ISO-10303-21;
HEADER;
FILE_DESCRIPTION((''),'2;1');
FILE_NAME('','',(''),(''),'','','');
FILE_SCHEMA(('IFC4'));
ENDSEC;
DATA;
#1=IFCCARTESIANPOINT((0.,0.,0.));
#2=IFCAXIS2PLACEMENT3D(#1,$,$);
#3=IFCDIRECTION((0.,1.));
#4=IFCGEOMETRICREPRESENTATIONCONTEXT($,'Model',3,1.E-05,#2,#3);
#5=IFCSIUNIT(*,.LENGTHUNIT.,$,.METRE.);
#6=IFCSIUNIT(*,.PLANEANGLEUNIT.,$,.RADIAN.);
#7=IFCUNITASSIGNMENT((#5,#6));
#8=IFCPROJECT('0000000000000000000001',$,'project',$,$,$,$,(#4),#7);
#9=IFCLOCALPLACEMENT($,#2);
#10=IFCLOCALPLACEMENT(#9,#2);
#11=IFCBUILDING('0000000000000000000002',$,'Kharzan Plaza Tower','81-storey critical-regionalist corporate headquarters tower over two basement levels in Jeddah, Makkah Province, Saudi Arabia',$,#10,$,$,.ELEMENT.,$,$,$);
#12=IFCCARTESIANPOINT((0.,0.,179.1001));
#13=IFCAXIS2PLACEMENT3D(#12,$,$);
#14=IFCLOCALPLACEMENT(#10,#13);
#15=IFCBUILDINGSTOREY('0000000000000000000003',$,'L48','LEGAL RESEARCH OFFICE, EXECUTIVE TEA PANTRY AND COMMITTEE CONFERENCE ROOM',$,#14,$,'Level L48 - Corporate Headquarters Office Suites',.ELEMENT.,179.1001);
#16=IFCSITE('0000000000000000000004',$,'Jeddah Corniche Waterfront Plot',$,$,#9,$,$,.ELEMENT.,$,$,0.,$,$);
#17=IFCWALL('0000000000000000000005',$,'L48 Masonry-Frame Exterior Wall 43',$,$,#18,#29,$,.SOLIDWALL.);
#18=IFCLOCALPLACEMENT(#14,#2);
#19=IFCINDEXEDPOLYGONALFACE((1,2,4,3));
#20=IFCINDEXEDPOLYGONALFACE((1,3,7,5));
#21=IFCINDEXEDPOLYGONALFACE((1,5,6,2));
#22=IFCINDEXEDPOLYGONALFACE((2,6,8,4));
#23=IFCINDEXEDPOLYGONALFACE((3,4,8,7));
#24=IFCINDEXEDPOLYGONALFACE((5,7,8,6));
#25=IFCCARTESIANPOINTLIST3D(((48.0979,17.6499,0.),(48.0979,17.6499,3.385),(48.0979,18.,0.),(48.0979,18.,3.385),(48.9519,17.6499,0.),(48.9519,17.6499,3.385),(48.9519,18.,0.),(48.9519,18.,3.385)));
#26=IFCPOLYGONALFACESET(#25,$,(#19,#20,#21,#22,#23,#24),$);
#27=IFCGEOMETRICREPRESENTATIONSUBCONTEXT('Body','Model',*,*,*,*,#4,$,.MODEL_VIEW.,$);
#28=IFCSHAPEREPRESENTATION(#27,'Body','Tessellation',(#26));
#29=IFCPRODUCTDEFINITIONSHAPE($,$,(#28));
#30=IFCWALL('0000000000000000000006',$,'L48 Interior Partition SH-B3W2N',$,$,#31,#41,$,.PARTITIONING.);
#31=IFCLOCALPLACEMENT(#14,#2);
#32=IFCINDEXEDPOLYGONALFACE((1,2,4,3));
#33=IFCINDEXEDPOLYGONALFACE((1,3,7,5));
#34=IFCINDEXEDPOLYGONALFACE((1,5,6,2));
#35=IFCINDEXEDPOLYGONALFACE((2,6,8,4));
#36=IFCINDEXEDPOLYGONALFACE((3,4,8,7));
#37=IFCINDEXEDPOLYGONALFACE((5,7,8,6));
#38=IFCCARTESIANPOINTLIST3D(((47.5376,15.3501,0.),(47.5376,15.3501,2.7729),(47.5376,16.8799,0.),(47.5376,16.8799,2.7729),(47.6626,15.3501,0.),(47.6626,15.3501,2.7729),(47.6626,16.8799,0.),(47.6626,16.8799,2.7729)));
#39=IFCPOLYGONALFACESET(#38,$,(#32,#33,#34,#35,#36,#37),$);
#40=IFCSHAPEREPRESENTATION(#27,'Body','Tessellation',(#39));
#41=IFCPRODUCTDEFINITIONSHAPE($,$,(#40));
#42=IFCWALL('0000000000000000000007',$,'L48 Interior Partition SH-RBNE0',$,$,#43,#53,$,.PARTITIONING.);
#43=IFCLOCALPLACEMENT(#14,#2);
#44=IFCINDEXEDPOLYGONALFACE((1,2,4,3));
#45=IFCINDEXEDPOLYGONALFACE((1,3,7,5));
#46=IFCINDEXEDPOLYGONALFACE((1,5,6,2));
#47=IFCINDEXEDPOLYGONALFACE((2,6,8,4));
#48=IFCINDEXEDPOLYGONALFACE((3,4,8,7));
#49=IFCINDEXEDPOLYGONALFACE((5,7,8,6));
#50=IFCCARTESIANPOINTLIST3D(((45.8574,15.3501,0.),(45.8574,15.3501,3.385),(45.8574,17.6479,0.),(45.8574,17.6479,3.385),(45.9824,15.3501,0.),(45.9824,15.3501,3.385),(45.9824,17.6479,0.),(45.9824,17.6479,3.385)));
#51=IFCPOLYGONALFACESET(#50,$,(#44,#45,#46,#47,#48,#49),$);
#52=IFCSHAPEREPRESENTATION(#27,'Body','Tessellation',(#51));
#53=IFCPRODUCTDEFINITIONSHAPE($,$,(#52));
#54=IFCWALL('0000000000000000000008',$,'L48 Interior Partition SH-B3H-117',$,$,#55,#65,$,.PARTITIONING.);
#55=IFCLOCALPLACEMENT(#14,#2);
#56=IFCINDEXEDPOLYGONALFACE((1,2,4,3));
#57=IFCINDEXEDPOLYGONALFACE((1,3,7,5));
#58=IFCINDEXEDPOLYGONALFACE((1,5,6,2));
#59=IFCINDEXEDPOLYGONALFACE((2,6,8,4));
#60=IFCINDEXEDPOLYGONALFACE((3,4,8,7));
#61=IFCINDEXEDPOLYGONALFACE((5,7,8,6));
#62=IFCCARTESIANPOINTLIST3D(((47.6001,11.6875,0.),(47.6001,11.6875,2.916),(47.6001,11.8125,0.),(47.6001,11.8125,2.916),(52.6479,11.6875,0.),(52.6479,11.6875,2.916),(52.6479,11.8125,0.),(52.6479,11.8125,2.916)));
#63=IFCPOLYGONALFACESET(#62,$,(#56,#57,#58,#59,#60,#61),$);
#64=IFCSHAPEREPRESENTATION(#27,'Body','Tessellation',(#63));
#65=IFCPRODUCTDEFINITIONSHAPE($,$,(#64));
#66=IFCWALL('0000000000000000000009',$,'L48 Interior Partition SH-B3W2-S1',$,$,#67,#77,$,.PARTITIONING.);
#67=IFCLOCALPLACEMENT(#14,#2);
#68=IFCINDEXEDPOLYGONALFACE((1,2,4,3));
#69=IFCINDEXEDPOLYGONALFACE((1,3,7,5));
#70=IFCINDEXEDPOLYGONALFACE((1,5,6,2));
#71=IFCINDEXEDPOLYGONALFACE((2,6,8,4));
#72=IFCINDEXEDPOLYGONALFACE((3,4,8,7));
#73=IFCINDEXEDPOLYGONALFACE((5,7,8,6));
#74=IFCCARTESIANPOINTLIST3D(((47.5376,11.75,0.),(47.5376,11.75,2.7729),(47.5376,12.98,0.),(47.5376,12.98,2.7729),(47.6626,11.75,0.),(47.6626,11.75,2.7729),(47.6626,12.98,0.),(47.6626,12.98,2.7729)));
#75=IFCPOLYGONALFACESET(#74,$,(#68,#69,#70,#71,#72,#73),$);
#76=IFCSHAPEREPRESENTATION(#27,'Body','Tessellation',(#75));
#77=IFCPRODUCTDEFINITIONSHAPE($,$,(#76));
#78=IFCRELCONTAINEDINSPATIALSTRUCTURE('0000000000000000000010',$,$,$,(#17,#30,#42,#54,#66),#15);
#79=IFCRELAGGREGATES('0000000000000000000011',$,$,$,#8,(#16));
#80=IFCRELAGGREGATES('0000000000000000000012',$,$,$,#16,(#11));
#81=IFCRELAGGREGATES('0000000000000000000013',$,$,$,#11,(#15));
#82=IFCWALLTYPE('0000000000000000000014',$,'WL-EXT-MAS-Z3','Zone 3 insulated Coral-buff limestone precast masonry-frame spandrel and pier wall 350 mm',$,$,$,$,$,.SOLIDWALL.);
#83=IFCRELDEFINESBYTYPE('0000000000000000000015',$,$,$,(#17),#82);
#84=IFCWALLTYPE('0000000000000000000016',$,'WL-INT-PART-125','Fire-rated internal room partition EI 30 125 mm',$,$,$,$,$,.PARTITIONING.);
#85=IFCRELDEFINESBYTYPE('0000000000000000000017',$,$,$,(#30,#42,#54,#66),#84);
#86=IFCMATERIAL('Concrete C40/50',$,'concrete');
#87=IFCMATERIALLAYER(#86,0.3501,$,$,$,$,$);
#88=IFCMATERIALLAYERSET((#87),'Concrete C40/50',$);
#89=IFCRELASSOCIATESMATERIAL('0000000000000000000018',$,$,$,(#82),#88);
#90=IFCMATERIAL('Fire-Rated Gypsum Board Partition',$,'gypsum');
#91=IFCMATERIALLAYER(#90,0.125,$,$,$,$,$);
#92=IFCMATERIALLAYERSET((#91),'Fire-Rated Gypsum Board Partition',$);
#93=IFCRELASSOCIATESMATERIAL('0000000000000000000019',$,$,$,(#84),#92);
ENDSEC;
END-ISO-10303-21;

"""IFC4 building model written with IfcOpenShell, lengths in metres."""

from ifc_helpers import new_model, si_unit, direction, frame, frame_2d, origin, place, context, subcontext, project, spatial, rectangle, extrude, source, transform, mapped, material, layer, layer_set, type_object, element, save


model = new_model("IFC4")

# Units and contexts
model_context = context("Model", 3, precision=1e-05, world=origin(), true_north=direction((0.0, 1.0)))
body_context = subcontext(model_context, "Body", "Model", "MODEL_VIEW")
ifc_project = project(units=[si_unit("LENGTHUNIT", "METRE"), si_unit("PLANEANGLEUNIT", "RADIAN")], contexts=[model_context])

# Site, building, storey
site_placement = place(None, origin())
site = spatial("IfcSite", under=ifc_project, at=site_placement, Name="Jeddah Corniche Waterfront Plot", CompositionType="ELEMENT", RefElevation=0.0)
building_placement = place(site_placement, origin())
building = spatial("IfcBuilding", under=site, at=building_placement, Name="Kharzan Plaza Tower", Description="81-storey critical-regionalist corporate headquarters tower over two basement levels in Jeddah, Makkah Province, Saudi Arabia", CompositionType="ELEMENT")
storey_placement = place(building_placement, frame((0.0, 0.0, 179.1001)))
storey = spatial("IfcBuildingStorey", under=building, at=storey_placement, Name="L48", Description="LEGAL RESEARCH OFFICE, EXECUTIVE TEA PANTRY AND COMMITTEE CONFERENCE ROOM", LongName="Level L48 - Corporate Headquarters Office Suites", CompositionType="ELEMENT", Elevation=179.1001)

# Shared definitions
ifc_material_1 = material(Name="Concrete C40/50", Category="concrete")
ifc_layer_1 = layer(ifc_material_1, 0.3501)
ifc_layer_set_1 = layer_set([ifc_layer_1], Name="Concrete C40/50")
wall_type_1 = type_object("IfcWallType", Name="WL-EXT-MAS-Z3", Description="Zone 3 insulated Coral-buff limestone precast masonry-frame spandrel and pier wall 350 mm", PredefinedType="SOLIDWALL", material=ifc_layer_set_1)

# Shared definitions
ifc_material_2 = material(Name="Fire-Rated Gypsum Board Partition", Category="gypsum")
ifc_layer_2 = layer(ifc_material_2, 0.125)
ifc_layer_set_2 = layer_set([ifc_layer_2], Name="Fire-Rated Gypsum Board Partition")
wall_type_2 = type_object("IfcWallType", Name="WL-INT-PART-125", Description="Fire-rated internal room partition EI 30 125 mm", PredefinedType="PARTITIONING", material=ifc_layer_set_2)

# Walls
shared_shape_1 = source(origin(), body_context, "Body", "SweptSolid", [
    extrude(rectangle(XDim=0.854, YDim=0.3501, at=frame_2d((0.427, 0.0))), origin(), (0.0, 0.0, 1.0), 3.385),
])
wall_1_placement = place(storey_placement, frame((48.9519, 17.825, 0.0), z_axis=(0.0, 0.0, 1.0), x_axis=(-1.0, 0.0, 0.0)))
element("IfcWall", 1, at=wall_1_placement, inside=storey, type_object=wall_type_1, Name="L48 Masonry-Frame Exterior Wall 43", PredefinedType="SOLIDWALL", context=body_context, shape_type="MappedRepresentation", body=[
    mapped(shared_shape_1, transform((0.0, 0.0, 0.0), x_axis=(1.0, 0.0, 0.0), y_axis=(0.0, 1.0, 0.0), z_axis=(0.0, 0.0, 1.0))),
])
shared_shape_2 = source(origin(), body_context, "Body", "SweptSolid", [
    extrude(rectangle(XDim=1.5298, YDim=0.125, at=frame_2d((0.7649, 0.0))), origin(), (0.0, 0.0, 1.0), 2.7729),
])
wall_2_placement = place(storey_placement, frame((47.6001, 15.3501, 0.0), z_axis=(0.0, 0.0, 1.0), x_axis=(0.0, 1.0, 0.0)))
element("IfcWall", 2, at=wall_2_placement, inside=storey, type_object=wall_type_2, Name="L48 Interior Partition SH-B3W2N", PredefinedType="PARTITIONING", context=body_context, shape_type="MappedRepresentation", body=[
    mapped(shared_shape_2, transform((0.0, 0.0, 0.0), x_axis=(1.0, 0.0, 0.0), y_axis=(0.0, 1.0, 0.0), z_axis=(0.0, 0.0, 1.0))),
])
shared_shape_3 = source(origin(), body_context, "Body", "SweptSolid", [
    extrude(rectangle(XDim=2.2979, YDim=0.125, at=frame_2d((1.1489, 0.0))), origin(), (0.0, 0.0, 1.0), 3.385),
])
wall_3_placement = place(storey_placement, frame((45.9199, 15.3501, 0.0), z_axis=(0.0, 0.0, 1.0), x_axis=(0.0, 1.0, 0.0)))
element("IfcWall", 3, at=wall_3_placement, inside=storey, type_object=wall_type_2, Name="L48 Interior Partition SH-RBNE0", PredefinedType="PARTITIONING", context=body_context, shape_type="MappedRepresentation", body=[
    mapped(shared_shape_3, transform((0.0, 0.0, 0.0), x_axis=(1.0, 0.0, 0.0), y_axis=(0.0, 1.0, 0.0), z_axis=(0.0, 0.0, 1.0))),
])
shared_shape_4 = source(origin(), body_context, "Body", "SweptSolid", [
    extrude(rectangle(XDim=5.0479, YDim=0.125, at=frame_2d((2.5239, 0.0))), origin(), (0.0, 0.0, 1.0), 2.916),
])
wall_4_placement = place(storey_placement, frame((47.6001, 11.75, 0.0), z_axis=(0.0, 0.0, 1.0), x_axis=(1.0, 0.0, 0.0)))
element("IfcWall", 4, at=wall_4_placement, inside=storey, type_object=wall_type_2, Name="L48 Interior Partition SH-B3H-117", PredefinedType="PARTITIONING", context=body_context, shape_type="MappedRepresentation", body=[
    mapped(shared_shape_4, transform((0.0, 0.0, 0.0), x_axis=(1.0, 0.0, 0.0), y_axis=(0.0, 1.0, 0.0), z_axis=(0.0, 0.0, 1.0))),
])
shared_shape_5 = source(origin(), body_context, "Body", "SweptSolid", [
    extrude(rectangle(XDim=1.23, YDim=0.125, at=frame_2d((0.615, 0.0))), origin(), (0.0, 0.0, 1.0), 2.7729),
])
wall_5_placement = place(storey_placement, frame((47.6001, 11.75, 0.0), z_axis=(0.0, 0.0, 1.0), x_axis=(0.0, 1.0, 0.0)))
element("IfcWall", 5, at=wall_5_placement, inside=storey, type_object=wall_type_2, Name="L48 Interior Partition SH-B3W2-S1", PredefinedType="PARTITIONING", context=body_context, shape_type="MappedRepresentation", body=[
    mapped(shared_shape_5, transform((0.0, 0.0, 0.0), x_axis=(1.0, 0.0, 0.0), y_axis=(0.0, 1.0, 0.0), z_axis=(0.0, 0.0, 1.0))),
])

save(model, "model.ifc")
